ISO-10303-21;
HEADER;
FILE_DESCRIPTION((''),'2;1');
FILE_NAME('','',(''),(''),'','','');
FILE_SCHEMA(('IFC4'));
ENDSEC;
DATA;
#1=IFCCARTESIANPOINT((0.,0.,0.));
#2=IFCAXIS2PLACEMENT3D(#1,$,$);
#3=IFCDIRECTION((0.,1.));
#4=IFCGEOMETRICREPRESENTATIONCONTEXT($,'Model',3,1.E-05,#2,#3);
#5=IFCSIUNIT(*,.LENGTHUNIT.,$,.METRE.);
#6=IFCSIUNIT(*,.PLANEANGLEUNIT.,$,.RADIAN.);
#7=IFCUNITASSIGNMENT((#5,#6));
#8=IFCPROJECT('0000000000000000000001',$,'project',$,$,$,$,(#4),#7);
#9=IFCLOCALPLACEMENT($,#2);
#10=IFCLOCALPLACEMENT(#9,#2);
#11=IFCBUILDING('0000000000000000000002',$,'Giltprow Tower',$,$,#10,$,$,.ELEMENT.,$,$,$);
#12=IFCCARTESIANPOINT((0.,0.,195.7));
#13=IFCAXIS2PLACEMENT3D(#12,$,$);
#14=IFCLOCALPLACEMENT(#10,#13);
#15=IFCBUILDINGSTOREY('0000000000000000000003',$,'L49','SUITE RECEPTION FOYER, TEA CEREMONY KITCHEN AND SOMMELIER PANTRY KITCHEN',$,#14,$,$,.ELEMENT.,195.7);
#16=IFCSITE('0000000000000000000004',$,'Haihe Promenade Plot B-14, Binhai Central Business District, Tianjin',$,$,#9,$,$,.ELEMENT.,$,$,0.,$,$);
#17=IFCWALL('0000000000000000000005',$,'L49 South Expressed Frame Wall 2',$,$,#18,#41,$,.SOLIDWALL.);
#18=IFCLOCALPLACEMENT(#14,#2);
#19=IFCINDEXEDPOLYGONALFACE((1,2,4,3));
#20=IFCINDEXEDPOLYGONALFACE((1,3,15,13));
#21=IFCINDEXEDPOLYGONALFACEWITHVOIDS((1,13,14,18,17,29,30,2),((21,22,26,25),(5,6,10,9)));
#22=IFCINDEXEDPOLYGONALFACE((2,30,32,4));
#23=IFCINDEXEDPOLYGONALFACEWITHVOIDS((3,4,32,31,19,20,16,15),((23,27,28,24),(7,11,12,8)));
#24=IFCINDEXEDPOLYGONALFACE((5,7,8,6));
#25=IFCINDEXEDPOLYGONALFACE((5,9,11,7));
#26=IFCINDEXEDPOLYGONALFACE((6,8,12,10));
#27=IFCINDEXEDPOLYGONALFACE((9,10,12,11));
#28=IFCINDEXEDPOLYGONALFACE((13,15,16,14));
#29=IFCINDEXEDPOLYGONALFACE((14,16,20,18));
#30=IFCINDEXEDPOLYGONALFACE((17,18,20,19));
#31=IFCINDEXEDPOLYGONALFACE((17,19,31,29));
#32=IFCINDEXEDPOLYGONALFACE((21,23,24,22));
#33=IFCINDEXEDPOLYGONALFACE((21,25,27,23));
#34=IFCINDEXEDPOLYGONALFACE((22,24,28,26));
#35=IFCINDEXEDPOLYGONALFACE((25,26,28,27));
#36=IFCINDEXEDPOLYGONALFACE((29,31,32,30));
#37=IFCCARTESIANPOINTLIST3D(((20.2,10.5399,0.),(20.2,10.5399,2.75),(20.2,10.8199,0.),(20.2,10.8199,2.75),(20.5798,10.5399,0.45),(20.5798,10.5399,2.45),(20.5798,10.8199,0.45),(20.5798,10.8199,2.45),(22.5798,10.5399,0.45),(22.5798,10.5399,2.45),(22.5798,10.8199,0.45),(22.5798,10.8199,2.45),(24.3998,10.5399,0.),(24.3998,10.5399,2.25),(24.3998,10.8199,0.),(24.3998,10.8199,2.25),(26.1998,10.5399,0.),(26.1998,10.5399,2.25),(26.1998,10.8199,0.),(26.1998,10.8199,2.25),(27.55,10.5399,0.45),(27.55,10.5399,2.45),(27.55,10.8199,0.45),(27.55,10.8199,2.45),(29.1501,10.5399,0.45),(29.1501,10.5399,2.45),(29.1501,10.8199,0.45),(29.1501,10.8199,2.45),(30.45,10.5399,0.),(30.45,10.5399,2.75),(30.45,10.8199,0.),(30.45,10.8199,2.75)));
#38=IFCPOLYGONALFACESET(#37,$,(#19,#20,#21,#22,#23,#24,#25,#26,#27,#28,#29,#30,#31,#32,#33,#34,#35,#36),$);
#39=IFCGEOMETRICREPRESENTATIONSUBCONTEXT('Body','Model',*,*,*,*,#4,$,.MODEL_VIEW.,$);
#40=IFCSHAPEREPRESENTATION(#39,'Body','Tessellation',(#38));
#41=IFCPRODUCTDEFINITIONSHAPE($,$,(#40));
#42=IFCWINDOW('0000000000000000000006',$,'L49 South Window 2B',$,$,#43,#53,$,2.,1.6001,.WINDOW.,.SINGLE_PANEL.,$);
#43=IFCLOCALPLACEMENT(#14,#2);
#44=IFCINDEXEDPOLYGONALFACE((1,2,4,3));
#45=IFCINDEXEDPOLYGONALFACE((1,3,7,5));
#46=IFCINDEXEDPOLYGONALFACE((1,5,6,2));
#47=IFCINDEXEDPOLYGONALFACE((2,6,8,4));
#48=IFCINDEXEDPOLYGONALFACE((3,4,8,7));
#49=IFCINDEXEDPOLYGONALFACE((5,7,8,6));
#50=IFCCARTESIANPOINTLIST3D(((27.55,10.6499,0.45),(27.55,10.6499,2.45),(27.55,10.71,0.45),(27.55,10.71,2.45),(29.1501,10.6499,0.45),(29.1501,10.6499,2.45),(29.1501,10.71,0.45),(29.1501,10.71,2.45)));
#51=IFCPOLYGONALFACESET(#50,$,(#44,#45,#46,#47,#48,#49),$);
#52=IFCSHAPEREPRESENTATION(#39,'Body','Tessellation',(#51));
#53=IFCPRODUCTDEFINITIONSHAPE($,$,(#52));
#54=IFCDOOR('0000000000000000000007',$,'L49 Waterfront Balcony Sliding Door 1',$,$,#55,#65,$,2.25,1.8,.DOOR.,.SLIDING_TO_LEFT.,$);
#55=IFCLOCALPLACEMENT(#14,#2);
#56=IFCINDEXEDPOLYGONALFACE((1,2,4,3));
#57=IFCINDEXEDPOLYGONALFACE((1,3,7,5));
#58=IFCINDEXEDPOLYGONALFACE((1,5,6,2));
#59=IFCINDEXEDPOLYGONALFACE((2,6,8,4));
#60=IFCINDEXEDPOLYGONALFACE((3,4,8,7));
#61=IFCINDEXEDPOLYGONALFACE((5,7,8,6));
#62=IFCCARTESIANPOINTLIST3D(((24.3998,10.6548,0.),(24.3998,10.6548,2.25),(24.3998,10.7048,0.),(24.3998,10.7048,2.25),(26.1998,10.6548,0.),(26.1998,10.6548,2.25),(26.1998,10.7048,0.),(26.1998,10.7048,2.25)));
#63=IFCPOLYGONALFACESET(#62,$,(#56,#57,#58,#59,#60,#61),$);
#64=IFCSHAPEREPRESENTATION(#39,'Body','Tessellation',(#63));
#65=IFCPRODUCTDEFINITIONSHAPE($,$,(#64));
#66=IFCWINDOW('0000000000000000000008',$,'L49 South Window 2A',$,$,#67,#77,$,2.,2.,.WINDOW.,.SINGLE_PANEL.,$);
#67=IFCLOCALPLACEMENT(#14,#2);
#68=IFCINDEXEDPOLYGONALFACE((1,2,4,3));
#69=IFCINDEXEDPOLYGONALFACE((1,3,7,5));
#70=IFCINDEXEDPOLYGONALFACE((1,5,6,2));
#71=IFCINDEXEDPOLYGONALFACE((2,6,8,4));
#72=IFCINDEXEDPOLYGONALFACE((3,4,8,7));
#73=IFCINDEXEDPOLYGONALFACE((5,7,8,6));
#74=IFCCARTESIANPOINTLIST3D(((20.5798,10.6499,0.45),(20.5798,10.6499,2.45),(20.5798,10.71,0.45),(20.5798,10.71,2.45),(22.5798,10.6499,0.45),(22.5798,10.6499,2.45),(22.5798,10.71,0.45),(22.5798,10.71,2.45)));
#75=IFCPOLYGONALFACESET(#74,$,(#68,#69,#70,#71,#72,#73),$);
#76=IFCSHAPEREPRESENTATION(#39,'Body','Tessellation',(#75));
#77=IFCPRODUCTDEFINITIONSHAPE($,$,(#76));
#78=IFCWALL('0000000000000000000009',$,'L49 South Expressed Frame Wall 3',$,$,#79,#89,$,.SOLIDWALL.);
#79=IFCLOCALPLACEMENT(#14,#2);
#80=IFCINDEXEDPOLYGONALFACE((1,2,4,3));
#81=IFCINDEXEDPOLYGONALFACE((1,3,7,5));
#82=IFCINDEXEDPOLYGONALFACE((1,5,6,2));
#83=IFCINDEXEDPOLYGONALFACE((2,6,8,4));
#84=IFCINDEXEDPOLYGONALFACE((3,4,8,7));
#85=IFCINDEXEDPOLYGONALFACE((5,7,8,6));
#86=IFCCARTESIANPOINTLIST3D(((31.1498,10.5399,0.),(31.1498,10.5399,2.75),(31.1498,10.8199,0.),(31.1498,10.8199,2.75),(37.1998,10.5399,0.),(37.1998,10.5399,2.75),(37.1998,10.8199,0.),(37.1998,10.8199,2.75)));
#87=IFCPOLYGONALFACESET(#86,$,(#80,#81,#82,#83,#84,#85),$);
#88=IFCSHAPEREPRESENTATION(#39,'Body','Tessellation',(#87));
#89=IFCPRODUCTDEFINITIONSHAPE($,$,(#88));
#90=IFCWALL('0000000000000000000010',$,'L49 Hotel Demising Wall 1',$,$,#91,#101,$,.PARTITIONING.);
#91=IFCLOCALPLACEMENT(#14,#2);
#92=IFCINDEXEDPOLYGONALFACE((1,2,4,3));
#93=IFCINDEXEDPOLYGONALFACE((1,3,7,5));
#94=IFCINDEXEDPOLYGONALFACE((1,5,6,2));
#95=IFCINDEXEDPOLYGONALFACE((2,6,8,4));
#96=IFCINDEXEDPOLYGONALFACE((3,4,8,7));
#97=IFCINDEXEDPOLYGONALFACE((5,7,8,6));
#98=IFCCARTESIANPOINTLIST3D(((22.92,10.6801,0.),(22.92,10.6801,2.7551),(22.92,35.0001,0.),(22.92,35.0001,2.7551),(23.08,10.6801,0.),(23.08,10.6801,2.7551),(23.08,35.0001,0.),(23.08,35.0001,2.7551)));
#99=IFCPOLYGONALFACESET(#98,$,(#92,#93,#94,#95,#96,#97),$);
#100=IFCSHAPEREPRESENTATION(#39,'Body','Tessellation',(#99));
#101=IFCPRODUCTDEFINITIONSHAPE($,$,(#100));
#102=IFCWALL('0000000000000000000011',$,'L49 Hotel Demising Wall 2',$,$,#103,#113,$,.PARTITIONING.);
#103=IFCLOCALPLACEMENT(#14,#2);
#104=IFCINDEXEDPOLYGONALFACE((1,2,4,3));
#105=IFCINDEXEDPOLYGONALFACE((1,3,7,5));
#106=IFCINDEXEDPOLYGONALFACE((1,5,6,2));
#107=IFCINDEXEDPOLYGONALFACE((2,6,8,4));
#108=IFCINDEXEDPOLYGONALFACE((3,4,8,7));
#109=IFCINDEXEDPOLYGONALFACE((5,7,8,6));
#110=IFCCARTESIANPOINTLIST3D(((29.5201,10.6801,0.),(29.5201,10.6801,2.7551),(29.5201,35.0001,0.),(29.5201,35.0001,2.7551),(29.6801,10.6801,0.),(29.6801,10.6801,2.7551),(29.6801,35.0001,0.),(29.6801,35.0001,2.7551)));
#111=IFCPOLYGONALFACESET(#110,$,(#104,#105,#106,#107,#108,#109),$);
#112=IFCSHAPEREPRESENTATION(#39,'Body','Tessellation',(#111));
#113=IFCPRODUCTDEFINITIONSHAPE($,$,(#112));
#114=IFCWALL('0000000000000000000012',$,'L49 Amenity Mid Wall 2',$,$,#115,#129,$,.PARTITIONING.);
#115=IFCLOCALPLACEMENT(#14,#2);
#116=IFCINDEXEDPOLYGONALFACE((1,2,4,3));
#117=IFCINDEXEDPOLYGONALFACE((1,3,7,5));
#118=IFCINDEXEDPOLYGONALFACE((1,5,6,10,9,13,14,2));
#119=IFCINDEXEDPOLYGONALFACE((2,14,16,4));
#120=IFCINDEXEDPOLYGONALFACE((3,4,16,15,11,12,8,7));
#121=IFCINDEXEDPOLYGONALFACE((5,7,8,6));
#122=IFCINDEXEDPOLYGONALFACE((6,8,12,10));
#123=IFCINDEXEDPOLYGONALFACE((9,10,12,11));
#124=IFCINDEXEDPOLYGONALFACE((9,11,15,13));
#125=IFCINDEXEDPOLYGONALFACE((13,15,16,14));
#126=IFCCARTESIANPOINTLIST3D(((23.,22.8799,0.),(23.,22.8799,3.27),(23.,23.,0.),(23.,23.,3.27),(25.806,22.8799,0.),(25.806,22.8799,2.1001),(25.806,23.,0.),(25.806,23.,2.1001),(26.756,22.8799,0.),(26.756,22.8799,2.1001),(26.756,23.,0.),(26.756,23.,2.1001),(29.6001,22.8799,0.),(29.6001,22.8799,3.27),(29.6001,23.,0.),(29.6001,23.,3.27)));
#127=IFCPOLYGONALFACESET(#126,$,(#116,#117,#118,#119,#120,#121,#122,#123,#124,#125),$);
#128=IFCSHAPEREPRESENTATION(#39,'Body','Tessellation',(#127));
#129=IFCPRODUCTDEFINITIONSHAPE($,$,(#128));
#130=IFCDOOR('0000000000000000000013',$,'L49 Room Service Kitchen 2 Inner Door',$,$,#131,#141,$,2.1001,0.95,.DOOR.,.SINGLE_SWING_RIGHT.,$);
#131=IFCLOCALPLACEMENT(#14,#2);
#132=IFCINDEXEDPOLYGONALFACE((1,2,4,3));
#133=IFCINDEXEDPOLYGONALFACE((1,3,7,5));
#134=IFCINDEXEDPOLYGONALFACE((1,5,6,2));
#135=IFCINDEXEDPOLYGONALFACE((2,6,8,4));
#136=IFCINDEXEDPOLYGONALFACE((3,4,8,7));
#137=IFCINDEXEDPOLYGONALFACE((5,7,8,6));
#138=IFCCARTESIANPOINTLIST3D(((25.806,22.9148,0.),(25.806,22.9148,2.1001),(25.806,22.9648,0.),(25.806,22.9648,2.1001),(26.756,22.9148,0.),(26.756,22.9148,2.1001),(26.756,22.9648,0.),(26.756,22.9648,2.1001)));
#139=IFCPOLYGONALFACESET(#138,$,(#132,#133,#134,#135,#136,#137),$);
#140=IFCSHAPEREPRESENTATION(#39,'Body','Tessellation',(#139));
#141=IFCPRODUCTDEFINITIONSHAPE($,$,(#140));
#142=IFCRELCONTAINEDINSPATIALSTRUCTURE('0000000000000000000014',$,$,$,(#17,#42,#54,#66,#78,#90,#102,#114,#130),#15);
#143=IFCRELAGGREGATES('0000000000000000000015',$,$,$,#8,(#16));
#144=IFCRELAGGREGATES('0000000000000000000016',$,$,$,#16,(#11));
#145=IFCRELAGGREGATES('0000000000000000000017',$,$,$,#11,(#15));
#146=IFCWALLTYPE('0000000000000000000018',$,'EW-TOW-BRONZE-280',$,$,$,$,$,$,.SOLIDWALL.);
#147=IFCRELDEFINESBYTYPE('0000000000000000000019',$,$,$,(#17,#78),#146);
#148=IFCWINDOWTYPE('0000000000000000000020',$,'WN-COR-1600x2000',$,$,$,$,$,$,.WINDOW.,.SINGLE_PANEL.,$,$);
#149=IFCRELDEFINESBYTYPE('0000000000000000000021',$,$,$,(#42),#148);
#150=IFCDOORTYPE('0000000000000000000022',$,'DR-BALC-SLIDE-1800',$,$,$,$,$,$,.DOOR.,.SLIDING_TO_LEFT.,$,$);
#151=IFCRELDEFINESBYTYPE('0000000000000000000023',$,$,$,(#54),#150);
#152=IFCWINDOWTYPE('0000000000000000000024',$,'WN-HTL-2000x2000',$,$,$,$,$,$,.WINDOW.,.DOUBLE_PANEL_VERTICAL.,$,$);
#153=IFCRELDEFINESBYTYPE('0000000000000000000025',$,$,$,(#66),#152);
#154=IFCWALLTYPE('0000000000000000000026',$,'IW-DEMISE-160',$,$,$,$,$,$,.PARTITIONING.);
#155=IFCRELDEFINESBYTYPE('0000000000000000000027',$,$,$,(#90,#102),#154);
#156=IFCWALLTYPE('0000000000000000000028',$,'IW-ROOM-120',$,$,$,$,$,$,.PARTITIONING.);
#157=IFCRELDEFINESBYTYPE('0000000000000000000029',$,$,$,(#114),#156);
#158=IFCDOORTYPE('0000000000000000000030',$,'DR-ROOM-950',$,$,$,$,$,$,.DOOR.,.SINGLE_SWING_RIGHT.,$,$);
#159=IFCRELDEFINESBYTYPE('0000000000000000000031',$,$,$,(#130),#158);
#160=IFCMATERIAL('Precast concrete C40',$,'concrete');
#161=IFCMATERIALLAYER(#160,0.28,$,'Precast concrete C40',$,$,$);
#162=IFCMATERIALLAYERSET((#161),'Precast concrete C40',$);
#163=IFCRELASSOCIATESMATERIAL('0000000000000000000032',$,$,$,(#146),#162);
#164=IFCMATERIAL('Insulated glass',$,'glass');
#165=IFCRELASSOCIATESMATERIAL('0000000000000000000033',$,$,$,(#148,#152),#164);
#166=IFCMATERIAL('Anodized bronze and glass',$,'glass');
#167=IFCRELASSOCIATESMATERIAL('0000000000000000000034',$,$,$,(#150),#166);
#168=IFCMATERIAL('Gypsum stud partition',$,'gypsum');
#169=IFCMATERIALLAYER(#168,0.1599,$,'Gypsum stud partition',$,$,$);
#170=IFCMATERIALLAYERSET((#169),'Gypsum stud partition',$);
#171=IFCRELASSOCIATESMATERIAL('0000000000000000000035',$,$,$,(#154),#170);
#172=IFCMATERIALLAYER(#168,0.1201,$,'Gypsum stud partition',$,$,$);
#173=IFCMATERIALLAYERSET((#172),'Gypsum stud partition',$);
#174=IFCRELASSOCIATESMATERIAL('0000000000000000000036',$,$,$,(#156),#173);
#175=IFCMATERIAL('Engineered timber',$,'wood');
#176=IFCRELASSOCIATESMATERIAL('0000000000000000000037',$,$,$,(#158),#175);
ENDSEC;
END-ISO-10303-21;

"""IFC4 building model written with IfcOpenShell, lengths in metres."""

from ifc_helpers import new_model, si_unit, direction, frame, frame_2d, origin, place, context, subcontext, project, spatial, rectangle, extrude, source, transform, mapped, material, layer, layer_set, type_object, element, fill, save


model = new_model("IFC4")

# Units and contexts
model_context = context("Model", 3, precision=1e-05, world=origin(), true_north=direction((0.0, 1.0)))
body_context = subcontext(model_context, "Body", "Model", "MODEL_VIEW")
ifc_project = project(units=[si_unit("LENGTHUNIT", "METRE"), si_unit("PLANEANGLEUNIT", "RADIAN")], contexts=[model_context])

# Site, building, storey
site_placement = place(None, origin())
site = spatial("IfcSite", under=ifc_project, at=site_placement, Name="Haihe Promenade Plot B-14, Binhai Central Business District, Tianjin", CompositionType="ELEMENT", RefElevation=0.0)
building_placement = place(site_placement, origin())
building = spatial("IfcBuilding", under=site, at=building_placement, Name="Giltprow Tower", CompositionType="ELEMENT")
storey_placement = place(building_placement, frame((0.0, 0.0, 195.7)))
storey = spatial("IfcBuildingStorey", under=building, at=storey_placement, Name="L49", Description="SUITE RECEPTION FOYER, TEA CEREMONY KITCHEN AND SOMMELIER PANTRY KITCHEN", CompositionType="ELEMENT", Elevation=195.7)

# Wall, openings, windows, door
ifc_material_1 = material(Name="Precast concrete C40", Category="concrete")
ifc_layer_1 = layer(ifc_material_1, 0.28, Name="Precast concrete C40")
ifc_layer_set_1 = layer_set([ifc_layer_1], Name="Precast concrete C40")
wall_type_1 = type_object("IfcWallType", Name="EW-TOW-BRONZE-280", PredefinedType="SOLIDWALL", material=ifc_layer_set_1)
wall_1_placement = place(storey_placement, frame((20.2, 10.6799, 0.0), z_axis=(0.0, 0.0, 1.0), x_axis=(1.0, 0.0, 0.0)))
wall_1 = element("IfcWall", 1, at=wall_1_placement, inside=storey, type_object=wall_type_1, Name="L49 South Expressed Frame Wall 2", PredefinedType="SOLIDWALL", context=body_context, shape_type="SweptSolid", body=[
    extrude(rectangle(XDim=10.25, YDim=0.28, at=frame_2d((5.125, 0.0))), origin(), (0.0, 0.0, 1.0), 2.75),
])
opening_1_placement = place(wall_1_placement, frame((4.2, 0.0, 0.0)))
opening_1 = element("IfcOpeningElement", 2, at=opening_1_placement, cuts=wall_1, PredefinedType="OPENING", context=body_context, shape_type="SweptSolid", body=[
    extrude(rectangle(XDim=1.8, YDim=2.25, at=frame_2d((0.8999, 1.125))), frame((0.0, 0.1499, 0.0), z_axis=(0.0, -1.0, 0.0), x_axis=(1.0, 0.0, 0.0)), (0.0, 0.0, 1.0), 0.3),
])
opening_2_placement = place(wall_1_placement, frame((0.3799, 0.0, 0.45)))
opening_2 = element("IfcOpeningElement", 3, at=opening_2_placement, cuts=wall_1, PredefinedType="OPENING", context=body_context, shape_type="SweptSolid", body=[
    extrude(rectangle(XDim=2.0, YDim=2.0, at=frame_2d((1.0, 1.0))), frame((0.0, 0.1499, 0.0), z_axis=(0.0, -1.0, 0.0), x_axis=(1.0, 0.0, 0.0)), (0.0, 0.0, 1.0), 0.3),
])
opening_3_placement = place(wall_1_placement, frame((7.3501, 0.0, 0.45)))
opening_3 = element("IfcOpeningElement", 4, at=opening_3_placement, cuts=wall_1, PredefinedType="OPENING", context=body_context, shape_type="SweptSolid", body=[
    extrude(rectangle(XDim=1.6001, YDim=2.0, at=frame_2d((0.8, 1.0))), frame((0.0, 0.1499, 0.0), z_axis=(0.0, -1.0, 0.0), x_axis=(1.0, 0.0, 0.0)), (0.0, 0.0, 1.0), 0.3),
])
ifc_material_2 = material(Name="Insulated glass", Category="glass")
window_type_1 = type_object("IfcWindowType", Name="WN-COR-1600x2000", PartitioningType="SINGLE_PANEL", PredefinedType="WINDOW", material=ifc_material_2)
shared_shape_1 = source(origin(), body_context, "Body", "SweptSolid", [
    extrude(rectangle(XDim=1.6001, YDim=2.0, at=frame_2d((0.8, 1.0))), frame((0.0, 0.03, 0.0), z_axis=(0.0, -1.0, 0.0), x_axis=(1.0, 0.0, 0.0)), (0.0, 0.0, 1.0), 0.0601),
])
window_1_placement = place(opening_3_placement, origin())
window_1 = element("IfcWindow", 5, at=window_1_placement, inside=storey, type_object=window_type_1, Name="L49 South Window 2B", OverallHeight=2.0, OverallWidth=1.6001, PartitioningType="SINGLE_PANEL", PredefinedType="WINDOW", context=body_context, shape_type="MappedRepresentation", body=[
    mapped(shared_shape_1, transform((0.0, 0.0, 0.0), x_axis=(1.0, 0.0, 0.0), y_axis=(0.0, 1.0, 0.0), z_axis=(0.0, 0.0, 1.0), scale=1.0)),
])
fill(opening_3, window_1)
ifc_material_3 = material(Name="Anodized bronze and glass", Category="glass")
door_type_1 = type_object("IfcDoorType", Name="DR-BALC-SLIDE-1800", OperationType="SLIDING_TO_LEFT", PredefinedType="DOOR", material=ifc_material_3)
shared_shape_2 = source(origin(), body_context, "Body", "SweptSolid", [
    extrude(rectangle(XDim=1.8, YDim=2.25, at=frame_2d((0.8999, 1.125))), frame((0.0, 0.0249, 0.0), z_axis=(0.0, -1.0, 0.0), x_axis=(1.0, 0.0, 0.0)), (0.0, 0.0, 1.0), 0.05),
])
door_1_placement = place(opening_1_placement, origin())
door_1 = element("IfcDoor", 6, at=door_1_placement, inside=storey, type_object=door_type_1, Name="L49 Waterfront Balcony Sliding Door 1", OperationType="SLIDING_TO_LEFT", OverallHeight=2.25, OverallWidth=1.8, PredefinedType="DOOR", context=body_context, shape_type="MappedRepresentation", body=[
    mapped(shared_shape_2, transform((0.0, 0.0, 0.0), x_axis=(1.0, 0.0, 0.0), y_axis=(0.0, 1.0, 0.0), z_axis=(0.0, 0.0, 1.0), scale=1.0)),
])
fill(opening_1, door_1)
window_type_2 = type_object("IfcWindowType", Name="WN-HTL-2000x2000", PartitioningType="DOUBLE_PANEL_VERTICAL", PredefinedType="WINDOW", material=ifc_material_2)
shared_shape_3 = source(origin(), body_context, "Body", "SweptSolid", [
    extrude(rectangle(XDim=2.0, YDim=2.0, at=frame_2d((1.0, 1.0))), frame((0.0, 0.03, 0.0), z_axis=(0.0, -1.0, 0.0), x_axis=(1.0, 0.0, 0.0)), (0.0, 0.0, 1.0), 0.0601),
])
window_2_placement = place(opening_2_placement, origin())
window_2 = element("IfcWindow", 7, at=window_2_placement, inside=storey, type_object=window_type_2, Name="L49 South Window 2A", OverallHeight=2.0, OverallWidth=2.0, PartitioningType="SINGLE_PANEL", PredefinedType="WINDOW", context=body_context, shape_type="MappedRepresentation", body=[
    mapped(shared_shape_3, transform((0.0, 0.0, 0.0), x_axis=(1.0, 0.0, 0.0), y_axis=(0.0, 1.0, 0.0), z_axis=(0.0, 0.0, 1.0), scale=1.0)),
])
fill(opening_2, window_2)

# Walls
wall_2_placement = place(storey_placement, frame((31.1499, 10.6799, 0.0), z_axis=(0.0, 0.0, 1.0), x_axis=(1.0, 0.0, 0.0)))
element("IfcWall", 8, at=wall_2_placement, inside=storey, type_object=wall_type_1, Name="L49 South Expressed Frame Wall 3", PredefinedType="SOLIDWALL", context=body_context, shape_type="SweptSolid", body=[
    extrude(rectangle(XDim=6.05, YDim=0.28, at=frame_2d((3.0249, 0.0))), origin(), (0.0, 0.0, 1.0), 2.75),
])
ifc_material_4 = material(Name="Gypsum stud partition", Category="gypsum")
ifc_layer_2 = layer(ifc_material_4, 0.1599, Name="Gypsum stud partition")
ifc_layer_set_2 = layer_set([ifc_layer_2], Name="Gypsum stud partition")
wall_type_2 = type_object("IfcWallType", Name="IW-DEMISE-160", PredefinedType="PARTITIONING", material=ifc_layer_set_2)
for number, where, z_axis, x_axis, name in (
    (9, (23.0, 10.6799, 0.0), (0.0, 0.0, 1.0), (0.0, 1.0, 0.0), "L49 Hotel Demising Wall 1"),
    (10, (29.6001, 10.6799, 0.0), (0.0, 0.0, 1.0), (0.0, 1.0, 0.0), "L49 Hotel Demising Wall 2"),
):
    element("IfcWall", number, at=place(storey_placement, frame(where, z_axis=z_axis, x_axis=x_axis)), inside=storey, type_object=wall_type_2, Name=name, PredefinedType="PARTITIONING", context=body_context, shape_type="SweptSolid", body=[
        extrude(rectangle(XDim=24.3201, YDim=0.1599, at=frame_2d((12.1602, 0.0))), origin(), (0.0, 0.0, 1.0), 2.7551),
    ])

# Wall, opening, door
ifc_layer_3 = layer(ifc_material_4, 0.1201, Name="Gypsum stud partition")
ifc_layer_set_3 = layer_set([ifc_layer_3], Name="Gypsum stud partition")
wall_type_3 = type_object("IfcWallType", Name="IW-ROOM-120", PredefinedType="PARTITIONING", material=ifc_layer_set_3)
wall_3_placement = place(storey_placement, frame((23.0, 22.9399, 0.0), z_axis=(0.0, 0.0, 1.0), x_axis=(1.0, 0.0, 0.0)))
wall_3 = element("IfcWall", 11, at=wall_3_placement, inside=storey, type_object=wall_type_3, Name="L49 Amenity Mid Wall 2", PredefinedType="PARTITIONING", context=body_context, shape_type="SweptSolid", body=[
    extrude(rectangle(XDim=6.6001, YDim=0.1201, at=frame_2d((3.3, 0.0))), origin(), (0.0, 0.0, 1.0), 3.27),
])
opening_4_placement = place(wall_3_placement, frame((2.8059, 0.0, 0.0)))
opening_4 = element("IfcOpeningElement", 12, at=opening_4_placement, cuts=wall_3, PredefinedType="OPENING", context=body_context, shape_type="SweptSolid", body=[
    extrude(rectangle(XDim=0.95, YDim=2.1001, at=frame_2d((0.4751, 1.05))), frame((0.0, 0.0701, 0.0), z_axis=(0.0, -1.0, 0.0), x_axis=(1.0, 0.0, 0.0)), (0.0, 0.0, 1.0), 0.1401),
])
ifc_material_5 = material(Name="Engineered timber", Category="wood")
door_type_2 = type_object("IfcDoorType", Name="DR-ROOM-950", OperationType="SINGLE_SWING_RIGHT", PredefinedType="DOOR", material=ifc_material_5)
shared_shape_4 = source(origin(), body_context, "Body", "SweptSolid", [
    extrude(rectangle(XDim=0.95, YDim=2.1001, at=frame_2d((0.4751, 1.05))), frame((0.0, 0.0249, 0.0), z_axis=(0.0, -1.0, 0.0), x_axis=(1.0, 0.0, 0.0)), (0.0, 0.0, 1.0), 0.05),
])
door_2_placement = place(opening_4_placement, origin())
door_2 = element("IfcDoor", 13, at=door_2_placement, inside=storey, type_object=door_type_2, Name="L49 Room Service Kitchen 2 Inner Door", OperationType="SINGLE_SWING_RIGHT", OverallHeight=2.1001, OverallWidth=0.95, PredefinedType="DOOR", context=body_context, shape_type="MappedRepresentation", body=[
    mapped(shared_shape_4, transform((0.0, 0.0, 0.0), x_axis=(1.0, 0.0, 0.0), y_axis=(0.0, 1.0, 0.0), z_axis=(0.0, 0.0, 1.0), scale=1.0)),
])
fill(opening_4, door_2)

save(model, "model.ifc")
